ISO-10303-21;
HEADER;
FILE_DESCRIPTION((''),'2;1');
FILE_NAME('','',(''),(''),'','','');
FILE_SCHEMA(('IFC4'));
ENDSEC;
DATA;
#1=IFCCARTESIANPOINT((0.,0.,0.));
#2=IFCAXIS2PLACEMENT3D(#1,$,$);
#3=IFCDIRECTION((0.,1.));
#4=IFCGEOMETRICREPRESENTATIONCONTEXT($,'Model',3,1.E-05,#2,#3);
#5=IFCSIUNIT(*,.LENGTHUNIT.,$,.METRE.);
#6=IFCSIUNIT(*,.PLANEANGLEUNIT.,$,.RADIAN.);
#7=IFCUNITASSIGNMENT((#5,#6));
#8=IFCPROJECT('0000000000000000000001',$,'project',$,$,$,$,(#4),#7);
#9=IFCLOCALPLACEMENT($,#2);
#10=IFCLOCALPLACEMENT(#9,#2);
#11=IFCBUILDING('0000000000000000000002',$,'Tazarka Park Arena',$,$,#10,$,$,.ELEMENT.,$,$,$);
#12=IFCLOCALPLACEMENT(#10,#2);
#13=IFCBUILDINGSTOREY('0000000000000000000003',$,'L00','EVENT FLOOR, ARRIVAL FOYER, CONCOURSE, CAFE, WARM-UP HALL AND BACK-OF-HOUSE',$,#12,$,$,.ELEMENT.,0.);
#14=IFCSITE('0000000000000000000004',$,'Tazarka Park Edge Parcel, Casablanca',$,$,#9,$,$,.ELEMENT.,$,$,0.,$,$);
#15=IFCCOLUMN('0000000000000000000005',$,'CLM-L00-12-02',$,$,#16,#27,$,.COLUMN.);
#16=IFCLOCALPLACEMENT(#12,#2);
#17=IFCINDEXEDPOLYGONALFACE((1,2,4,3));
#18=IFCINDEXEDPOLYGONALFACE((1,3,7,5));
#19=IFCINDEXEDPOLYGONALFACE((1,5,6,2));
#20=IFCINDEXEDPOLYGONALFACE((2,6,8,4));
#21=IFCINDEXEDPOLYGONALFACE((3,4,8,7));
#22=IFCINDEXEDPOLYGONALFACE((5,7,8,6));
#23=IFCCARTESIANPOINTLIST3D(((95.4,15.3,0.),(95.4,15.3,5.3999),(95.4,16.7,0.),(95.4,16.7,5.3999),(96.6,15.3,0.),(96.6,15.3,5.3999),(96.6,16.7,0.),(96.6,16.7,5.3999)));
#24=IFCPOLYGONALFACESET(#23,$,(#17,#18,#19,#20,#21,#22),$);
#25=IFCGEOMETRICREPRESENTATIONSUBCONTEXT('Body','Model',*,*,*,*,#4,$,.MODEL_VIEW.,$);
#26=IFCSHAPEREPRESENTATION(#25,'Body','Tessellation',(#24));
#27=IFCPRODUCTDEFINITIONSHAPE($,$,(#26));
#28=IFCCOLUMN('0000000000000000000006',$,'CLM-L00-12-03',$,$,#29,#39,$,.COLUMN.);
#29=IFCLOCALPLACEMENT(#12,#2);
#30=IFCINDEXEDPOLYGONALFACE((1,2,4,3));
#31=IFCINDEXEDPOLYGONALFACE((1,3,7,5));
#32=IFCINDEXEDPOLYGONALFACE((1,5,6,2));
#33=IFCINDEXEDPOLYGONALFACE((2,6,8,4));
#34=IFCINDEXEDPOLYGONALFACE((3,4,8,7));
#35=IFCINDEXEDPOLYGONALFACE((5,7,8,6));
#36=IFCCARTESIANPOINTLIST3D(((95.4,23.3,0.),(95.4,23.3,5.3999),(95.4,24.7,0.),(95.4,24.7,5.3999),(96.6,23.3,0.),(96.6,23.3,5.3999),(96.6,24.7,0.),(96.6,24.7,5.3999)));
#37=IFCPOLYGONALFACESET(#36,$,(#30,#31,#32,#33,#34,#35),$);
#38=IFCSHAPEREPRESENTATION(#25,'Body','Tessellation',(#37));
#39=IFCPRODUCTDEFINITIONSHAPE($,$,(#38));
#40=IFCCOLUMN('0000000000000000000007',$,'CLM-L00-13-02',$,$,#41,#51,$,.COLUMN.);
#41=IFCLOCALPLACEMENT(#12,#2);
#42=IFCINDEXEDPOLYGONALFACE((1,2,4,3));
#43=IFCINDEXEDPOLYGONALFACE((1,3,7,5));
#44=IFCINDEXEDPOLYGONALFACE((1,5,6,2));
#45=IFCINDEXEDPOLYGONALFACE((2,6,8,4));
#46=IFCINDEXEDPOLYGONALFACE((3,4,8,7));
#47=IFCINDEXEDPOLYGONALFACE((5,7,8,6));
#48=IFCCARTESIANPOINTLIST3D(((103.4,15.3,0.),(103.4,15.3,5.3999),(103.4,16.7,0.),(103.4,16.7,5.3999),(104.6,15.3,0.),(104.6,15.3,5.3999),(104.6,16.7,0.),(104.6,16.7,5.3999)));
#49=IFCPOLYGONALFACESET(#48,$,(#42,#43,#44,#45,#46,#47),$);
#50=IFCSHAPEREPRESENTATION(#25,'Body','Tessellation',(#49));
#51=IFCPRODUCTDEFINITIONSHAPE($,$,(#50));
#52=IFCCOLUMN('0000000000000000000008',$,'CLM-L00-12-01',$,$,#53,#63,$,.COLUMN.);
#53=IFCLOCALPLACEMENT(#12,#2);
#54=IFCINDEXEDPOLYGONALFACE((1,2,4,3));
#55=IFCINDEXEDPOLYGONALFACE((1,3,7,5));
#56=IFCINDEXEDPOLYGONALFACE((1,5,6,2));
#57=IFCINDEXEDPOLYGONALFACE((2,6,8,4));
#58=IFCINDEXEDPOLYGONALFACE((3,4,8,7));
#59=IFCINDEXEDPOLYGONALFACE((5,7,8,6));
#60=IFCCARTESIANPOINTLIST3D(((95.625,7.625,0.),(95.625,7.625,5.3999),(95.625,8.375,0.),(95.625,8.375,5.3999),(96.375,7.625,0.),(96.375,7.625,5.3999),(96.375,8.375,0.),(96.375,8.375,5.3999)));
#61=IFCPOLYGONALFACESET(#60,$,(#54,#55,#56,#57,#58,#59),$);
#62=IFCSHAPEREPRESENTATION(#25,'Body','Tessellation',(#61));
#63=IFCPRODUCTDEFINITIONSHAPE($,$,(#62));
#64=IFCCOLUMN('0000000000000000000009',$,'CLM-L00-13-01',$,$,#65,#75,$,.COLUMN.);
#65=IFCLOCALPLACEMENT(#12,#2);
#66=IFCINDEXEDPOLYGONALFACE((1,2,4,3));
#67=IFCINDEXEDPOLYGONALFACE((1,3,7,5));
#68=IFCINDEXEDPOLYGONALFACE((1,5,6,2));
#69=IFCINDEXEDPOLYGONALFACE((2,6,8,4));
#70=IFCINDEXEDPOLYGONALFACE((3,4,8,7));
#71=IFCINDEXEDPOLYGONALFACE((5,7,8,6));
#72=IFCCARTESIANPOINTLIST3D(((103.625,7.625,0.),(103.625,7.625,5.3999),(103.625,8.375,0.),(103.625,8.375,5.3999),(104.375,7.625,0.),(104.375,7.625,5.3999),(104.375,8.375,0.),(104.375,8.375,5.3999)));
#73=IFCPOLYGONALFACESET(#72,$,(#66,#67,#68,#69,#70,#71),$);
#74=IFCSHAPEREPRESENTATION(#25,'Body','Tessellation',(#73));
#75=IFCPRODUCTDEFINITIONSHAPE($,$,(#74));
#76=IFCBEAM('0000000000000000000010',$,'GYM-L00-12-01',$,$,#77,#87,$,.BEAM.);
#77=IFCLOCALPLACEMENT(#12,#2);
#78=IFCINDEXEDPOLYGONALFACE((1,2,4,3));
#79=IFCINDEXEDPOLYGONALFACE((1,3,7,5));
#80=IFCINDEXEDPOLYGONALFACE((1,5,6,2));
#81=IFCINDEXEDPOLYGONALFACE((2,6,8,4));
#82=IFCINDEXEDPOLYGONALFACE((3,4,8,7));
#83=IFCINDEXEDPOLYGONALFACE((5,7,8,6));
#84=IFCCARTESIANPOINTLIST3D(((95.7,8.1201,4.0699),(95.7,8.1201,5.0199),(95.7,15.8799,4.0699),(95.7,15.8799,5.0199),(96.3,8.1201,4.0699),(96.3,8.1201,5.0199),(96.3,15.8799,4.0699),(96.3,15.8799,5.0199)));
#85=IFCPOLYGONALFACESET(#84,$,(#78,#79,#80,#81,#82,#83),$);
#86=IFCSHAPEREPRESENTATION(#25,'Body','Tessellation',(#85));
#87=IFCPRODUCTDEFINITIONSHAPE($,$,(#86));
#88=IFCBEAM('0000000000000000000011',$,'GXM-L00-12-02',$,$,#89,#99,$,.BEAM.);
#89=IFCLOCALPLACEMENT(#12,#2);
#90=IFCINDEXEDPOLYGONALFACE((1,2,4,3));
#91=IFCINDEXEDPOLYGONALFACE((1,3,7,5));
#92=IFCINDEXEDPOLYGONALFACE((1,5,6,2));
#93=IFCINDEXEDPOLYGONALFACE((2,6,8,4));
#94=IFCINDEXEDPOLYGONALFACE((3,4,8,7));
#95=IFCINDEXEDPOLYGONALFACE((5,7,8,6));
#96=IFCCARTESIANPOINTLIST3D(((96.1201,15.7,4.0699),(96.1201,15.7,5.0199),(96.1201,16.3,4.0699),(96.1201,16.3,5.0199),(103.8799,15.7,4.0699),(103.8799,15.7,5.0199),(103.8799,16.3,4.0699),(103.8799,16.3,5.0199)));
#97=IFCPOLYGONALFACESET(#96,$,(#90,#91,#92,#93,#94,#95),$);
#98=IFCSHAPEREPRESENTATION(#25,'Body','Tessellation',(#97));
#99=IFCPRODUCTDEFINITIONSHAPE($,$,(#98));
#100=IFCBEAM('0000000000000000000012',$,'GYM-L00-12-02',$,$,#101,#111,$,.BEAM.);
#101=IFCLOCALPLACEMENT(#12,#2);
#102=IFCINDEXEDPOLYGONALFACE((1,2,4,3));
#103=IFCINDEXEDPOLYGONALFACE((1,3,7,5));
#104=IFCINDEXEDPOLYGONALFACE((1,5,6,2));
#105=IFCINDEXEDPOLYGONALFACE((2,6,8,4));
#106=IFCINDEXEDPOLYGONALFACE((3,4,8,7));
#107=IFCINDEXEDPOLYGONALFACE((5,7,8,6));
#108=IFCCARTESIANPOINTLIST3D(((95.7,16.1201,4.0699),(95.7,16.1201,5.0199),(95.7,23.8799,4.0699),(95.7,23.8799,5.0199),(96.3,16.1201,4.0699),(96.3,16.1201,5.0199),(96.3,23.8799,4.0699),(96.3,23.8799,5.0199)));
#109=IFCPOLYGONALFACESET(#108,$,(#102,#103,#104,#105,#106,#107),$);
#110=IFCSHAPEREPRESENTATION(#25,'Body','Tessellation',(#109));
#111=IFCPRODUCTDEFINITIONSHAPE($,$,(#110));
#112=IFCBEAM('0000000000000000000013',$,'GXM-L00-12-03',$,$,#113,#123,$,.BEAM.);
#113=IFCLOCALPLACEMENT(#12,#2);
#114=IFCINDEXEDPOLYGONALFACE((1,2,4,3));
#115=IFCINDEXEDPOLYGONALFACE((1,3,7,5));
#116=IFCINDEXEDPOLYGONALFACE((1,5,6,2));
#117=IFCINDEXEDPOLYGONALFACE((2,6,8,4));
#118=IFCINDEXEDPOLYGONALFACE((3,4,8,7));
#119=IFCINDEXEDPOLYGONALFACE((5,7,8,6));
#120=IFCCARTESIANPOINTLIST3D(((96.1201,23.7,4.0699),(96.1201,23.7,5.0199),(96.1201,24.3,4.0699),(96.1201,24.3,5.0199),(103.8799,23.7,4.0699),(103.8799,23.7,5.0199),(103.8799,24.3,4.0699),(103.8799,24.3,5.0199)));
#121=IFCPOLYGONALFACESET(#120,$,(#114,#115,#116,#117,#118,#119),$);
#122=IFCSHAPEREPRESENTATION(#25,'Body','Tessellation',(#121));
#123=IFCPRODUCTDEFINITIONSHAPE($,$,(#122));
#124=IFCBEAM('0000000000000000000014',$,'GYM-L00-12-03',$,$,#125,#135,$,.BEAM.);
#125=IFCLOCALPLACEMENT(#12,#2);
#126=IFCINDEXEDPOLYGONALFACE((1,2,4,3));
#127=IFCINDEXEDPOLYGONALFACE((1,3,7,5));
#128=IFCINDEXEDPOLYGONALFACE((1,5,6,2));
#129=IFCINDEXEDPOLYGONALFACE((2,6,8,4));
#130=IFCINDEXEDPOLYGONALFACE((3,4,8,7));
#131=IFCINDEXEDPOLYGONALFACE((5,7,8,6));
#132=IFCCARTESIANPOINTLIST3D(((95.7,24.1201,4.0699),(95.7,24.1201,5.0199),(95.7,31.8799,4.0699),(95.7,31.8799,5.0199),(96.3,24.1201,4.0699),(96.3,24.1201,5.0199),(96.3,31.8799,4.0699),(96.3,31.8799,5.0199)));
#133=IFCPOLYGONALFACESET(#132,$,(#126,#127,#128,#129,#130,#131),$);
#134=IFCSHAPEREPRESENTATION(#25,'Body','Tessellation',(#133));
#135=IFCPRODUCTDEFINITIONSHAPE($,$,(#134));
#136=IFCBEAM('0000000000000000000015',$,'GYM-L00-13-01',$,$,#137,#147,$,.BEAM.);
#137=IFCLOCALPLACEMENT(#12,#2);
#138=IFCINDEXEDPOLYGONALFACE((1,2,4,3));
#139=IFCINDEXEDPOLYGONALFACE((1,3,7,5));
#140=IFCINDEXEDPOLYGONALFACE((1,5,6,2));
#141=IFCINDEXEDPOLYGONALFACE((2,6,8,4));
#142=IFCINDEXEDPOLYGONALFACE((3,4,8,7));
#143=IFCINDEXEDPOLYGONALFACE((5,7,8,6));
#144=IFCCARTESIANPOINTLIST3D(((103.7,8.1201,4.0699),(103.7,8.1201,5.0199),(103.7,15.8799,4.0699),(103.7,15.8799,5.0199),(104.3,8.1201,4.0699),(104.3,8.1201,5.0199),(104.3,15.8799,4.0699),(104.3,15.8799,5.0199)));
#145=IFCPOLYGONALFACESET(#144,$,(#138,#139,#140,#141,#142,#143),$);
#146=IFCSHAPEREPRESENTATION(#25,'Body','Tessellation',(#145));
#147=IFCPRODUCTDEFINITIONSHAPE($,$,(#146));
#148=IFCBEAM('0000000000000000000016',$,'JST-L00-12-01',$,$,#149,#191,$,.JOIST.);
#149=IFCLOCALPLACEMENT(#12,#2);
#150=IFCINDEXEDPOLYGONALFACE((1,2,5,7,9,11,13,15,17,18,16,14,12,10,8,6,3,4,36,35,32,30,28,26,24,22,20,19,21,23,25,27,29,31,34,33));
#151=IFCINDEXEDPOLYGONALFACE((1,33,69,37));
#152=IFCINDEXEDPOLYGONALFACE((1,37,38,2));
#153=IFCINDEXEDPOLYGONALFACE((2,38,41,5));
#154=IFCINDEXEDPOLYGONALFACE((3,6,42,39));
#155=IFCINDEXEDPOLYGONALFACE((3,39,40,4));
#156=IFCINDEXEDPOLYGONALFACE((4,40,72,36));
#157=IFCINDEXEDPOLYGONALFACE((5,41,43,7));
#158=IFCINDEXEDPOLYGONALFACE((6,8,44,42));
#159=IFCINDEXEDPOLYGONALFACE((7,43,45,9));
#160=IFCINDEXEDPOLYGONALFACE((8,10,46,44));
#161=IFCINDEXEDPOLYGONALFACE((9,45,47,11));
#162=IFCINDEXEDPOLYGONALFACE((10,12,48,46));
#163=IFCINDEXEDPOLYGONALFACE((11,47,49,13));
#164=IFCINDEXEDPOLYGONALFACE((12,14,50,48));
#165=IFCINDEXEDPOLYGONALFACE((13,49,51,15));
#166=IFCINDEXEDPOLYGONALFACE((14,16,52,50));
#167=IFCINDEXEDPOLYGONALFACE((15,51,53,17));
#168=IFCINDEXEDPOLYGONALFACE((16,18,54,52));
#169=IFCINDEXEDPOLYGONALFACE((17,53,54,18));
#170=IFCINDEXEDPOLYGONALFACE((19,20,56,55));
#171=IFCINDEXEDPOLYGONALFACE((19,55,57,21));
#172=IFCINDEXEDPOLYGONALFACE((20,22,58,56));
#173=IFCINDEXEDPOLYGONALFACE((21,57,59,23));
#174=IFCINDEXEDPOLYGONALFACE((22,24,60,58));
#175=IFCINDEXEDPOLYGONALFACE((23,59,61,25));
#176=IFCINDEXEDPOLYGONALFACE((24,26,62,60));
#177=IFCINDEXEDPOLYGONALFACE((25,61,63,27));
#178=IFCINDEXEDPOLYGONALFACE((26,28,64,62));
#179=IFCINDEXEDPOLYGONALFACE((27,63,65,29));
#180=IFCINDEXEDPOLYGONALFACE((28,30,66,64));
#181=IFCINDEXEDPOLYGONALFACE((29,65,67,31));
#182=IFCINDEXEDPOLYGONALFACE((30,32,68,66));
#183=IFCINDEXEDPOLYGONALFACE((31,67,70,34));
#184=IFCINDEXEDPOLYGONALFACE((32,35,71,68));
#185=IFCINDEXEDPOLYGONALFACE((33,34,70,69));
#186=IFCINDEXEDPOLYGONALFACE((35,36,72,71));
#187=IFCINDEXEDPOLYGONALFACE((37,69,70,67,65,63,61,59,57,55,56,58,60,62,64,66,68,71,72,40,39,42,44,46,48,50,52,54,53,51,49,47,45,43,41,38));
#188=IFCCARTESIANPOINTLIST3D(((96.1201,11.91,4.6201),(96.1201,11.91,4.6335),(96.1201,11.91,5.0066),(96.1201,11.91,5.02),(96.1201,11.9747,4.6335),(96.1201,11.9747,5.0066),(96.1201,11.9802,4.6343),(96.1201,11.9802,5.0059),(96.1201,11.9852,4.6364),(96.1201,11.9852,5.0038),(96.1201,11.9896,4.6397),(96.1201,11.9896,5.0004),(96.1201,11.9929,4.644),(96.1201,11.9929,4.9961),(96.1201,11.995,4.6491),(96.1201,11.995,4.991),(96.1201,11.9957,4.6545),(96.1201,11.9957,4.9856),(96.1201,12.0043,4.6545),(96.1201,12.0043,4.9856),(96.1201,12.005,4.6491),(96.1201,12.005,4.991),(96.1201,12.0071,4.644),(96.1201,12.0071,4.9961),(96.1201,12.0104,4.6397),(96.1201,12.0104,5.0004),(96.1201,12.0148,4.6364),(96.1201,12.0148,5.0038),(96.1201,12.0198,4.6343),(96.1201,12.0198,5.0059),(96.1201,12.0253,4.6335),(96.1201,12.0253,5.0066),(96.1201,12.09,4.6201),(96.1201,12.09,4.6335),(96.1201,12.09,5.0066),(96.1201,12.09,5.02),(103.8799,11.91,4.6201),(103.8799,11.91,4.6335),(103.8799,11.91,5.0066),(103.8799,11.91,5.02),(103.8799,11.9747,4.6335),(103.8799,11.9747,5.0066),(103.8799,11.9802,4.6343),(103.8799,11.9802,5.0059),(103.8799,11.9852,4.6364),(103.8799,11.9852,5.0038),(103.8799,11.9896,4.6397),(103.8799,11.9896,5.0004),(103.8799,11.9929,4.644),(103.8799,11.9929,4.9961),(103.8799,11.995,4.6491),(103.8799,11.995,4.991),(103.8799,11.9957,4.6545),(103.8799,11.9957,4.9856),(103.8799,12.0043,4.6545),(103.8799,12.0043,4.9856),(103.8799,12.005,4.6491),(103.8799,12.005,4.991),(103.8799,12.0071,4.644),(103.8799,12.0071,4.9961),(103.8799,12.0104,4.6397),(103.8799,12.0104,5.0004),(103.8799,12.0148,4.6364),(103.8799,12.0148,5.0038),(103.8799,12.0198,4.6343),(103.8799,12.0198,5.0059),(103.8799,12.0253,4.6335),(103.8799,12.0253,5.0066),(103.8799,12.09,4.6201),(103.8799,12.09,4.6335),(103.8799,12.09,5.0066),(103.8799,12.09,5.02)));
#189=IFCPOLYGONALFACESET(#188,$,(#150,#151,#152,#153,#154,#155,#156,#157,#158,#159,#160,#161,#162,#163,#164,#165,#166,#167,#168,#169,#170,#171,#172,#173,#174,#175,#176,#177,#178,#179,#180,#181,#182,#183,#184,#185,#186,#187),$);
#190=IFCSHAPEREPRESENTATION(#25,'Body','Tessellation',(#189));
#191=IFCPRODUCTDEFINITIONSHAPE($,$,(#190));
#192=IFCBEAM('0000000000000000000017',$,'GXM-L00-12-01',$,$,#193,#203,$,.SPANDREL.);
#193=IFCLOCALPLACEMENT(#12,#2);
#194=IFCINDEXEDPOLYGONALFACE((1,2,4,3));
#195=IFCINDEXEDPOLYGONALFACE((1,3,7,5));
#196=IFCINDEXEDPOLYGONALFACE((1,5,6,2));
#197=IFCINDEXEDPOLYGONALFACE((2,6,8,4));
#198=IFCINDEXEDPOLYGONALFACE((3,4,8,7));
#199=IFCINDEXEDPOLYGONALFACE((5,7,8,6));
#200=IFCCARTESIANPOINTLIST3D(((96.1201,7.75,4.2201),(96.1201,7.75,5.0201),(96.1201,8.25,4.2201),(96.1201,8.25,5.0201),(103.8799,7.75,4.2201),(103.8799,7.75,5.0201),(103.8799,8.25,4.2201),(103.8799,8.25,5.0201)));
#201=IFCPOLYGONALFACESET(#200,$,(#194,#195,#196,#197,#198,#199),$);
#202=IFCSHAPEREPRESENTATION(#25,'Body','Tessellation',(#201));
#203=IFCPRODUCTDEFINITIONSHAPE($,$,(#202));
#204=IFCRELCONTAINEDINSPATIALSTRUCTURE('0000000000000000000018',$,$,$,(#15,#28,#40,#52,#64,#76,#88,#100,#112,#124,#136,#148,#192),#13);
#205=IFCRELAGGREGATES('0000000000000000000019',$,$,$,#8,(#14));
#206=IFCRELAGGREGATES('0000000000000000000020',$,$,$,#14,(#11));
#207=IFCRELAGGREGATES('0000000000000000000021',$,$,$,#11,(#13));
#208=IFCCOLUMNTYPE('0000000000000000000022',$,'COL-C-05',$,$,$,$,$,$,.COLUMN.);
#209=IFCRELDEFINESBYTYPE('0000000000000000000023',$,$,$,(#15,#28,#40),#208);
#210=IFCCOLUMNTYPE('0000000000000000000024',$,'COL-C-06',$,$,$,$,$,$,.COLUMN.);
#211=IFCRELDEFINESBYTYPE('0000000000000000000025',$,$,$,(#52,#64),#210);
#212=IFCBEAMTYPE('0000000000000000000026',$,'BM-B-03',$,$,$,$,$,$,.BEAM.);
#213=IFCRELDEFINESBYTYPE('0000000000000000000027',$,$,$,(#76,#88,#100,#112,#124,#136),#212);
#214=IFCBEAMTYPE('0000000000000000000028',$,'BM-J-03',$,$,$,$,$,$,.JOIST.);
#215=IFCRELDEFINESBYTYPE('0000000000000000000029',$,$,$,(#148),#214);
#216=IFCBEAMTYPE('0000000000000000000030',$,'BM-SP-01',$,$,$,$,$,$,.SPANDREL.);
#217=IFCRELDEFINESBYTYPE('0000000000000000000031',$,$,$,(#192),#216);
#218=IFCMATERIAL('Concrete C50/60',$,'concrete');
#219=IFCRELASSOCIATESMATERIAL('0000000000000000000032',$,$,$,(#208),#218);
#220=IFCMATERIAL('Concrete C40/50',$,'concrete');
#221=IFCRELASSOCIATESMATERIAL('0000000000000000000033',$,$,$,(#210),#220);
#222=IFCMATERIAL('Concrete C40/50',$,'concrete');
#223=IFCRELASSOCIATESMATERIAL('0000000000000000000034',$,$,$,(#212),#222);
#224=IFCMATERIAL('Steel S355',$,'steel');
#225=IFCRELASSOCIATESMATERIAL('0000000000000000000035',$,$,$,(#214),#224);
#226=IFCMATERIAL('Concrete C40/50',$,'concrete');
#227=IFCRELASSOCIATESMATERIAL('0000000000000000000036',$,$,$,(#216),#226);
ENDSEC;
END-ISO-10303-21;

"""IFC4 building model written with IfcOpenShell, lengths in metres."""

from ifc_helpers import new_model, si_unit, direction, frame, origin, origin_2d, place, context, subcontext, project, spatial, rectangle, i_section, extrude, material, material_profile, profile_set, type_object, element, save


model = new_model("IFC4")

# Units and contexts
model_context = context("Model", 3, precision=1e-05, world=origin(), true_north=direction((0.0, 1.0)))
body_context = subcontext(model_context, "Body", "Model", "MODEL_VIEW")
ifc_project = project(units=[si_unit("LENGTHUNIT", "METRE"), si_unit("PLANEANGLEUNIT", "RADIAN")], contexts=[model_context])

# Site, building, storey
site_placement = place(None, origin())
site = spatial("IfcSite", under=ifc_project, at=site_placement, Name="Tazarka Park Edge Parcel, Casablanca", CompositionType="ELEMENT", RefElevation=0.0)
building_placement = place(site_placement, origin())
building = spatial("IfcBuilding", under=site, at=building_placement, Name="Tazarka Park Arena", CompositionType="ELEMENT")
storey_placement = place(building_placement, origin())
storey = spatial("IfcBuildingStorey", under=building, at=storey_placement, Name="L00", Description="EVENT FLOOR, ARRIVAL FOYER, CONCOURSE, CAFE, WARM-UP HALL AND BACK-OF-HOUSE", CompositionType="ELEMENT", Elevation=0.0)

# Columns
ifc_material_1 = material(Name="Concrete C50/60", Category="concrete")
ifc_material_profile_1 = material_profile(ifc_material_1, rectangle(XDim=1.2, YDim=1.3999, at=origin_2d()), Name="Concrete C50/60")
ifc_profile_set_1 = profile_set([ifc_material_profile_1], Name="Concrete C50/60")
column_type_1 = type_object("IfcColumnType", Name="COL-C-05", PredefinedType="COLUMN", material=ifc_profile_set_1)
for number, where, z_axis, x_axis, name in (
    (1, (96.0, 16.0, 0.0), (0.0, 0.0, 1.0), (1.0, 0.0, 0.0), "CLM-L00-12-02"),
    (2, (96.0, 24.0, 0.0), (0.0, 0.0, 1.0), (1.0, 0.0, 0.0), "CLM-L00-12-03"),
    (3, (104.0, 16.0, 0.0), (0.0, 0.0, 1.0), (1.0, 0.0, 0.0), "CLM-L00-13-02"),
):
    element("IfcColumn", number, at=place(storey_placement, frame(where, z_axis=z_axis, x_axis=x_axis)), inside=storey, type_object=column_type_1, Name=name, PredefinedType="COLUMN", context=body_context, shape_type="SweptSolid", body=[
        extrude(rectangle(XDim=1.2, YDim=1.3999, at=origin_2d()), origin(), (0.0, 0.0, 1.0), 5.3999),
    ])
ifc_material_2 = material(Name="Concrete C40/50", Category="concrete")
ifc_material_profile_2 = material_profile(ifc_material_2, rectangle(XDim=0.75, YDim=0.75, at=origin_2d()), Name="Concrete C40/50")
ifc_profile_set_2 = profile_set([ifc_material_profile_2], Name="Concrete C40/50")
column_type_2 = type_object("IfcColumnType", Name="COL-C-06", PredefinedType="COLUMN", material=ifc_profile_set_2)
for number, where, z_axis, x_axis, name in (
    (4, (96.0, 8.0, 0.0), (0.0, 0.0, 1.0), (1.0, 0.0, 0.0), "CLM-L00-12-01"),
    (5, (104.0, 8.0, 0.0), (0.0, 0.0, 1.0), (1.0, 0.0, 0.0), "CLM-L00-13-01"),
):
    element("IfcColumn", number, at=place(storey_placement, frame(where, z_axis=z_axis, x_axis=x_axis)), inside=storey, type_object=column_type_2, Name=name, PredefinedType="COLUMN", context=body_context, shape_type="SweptSolid", body=[
        extrude(rectangle(XDim=0.75, YDim=0.75, at=origin_2d()), origin(), (0.0, 0.0, 1.0), 5.3999),
    ])

# Beams
ifc_material_3 = material(Name="Concrete C40/50", Category="concrete")
ifc_material_profile_3 = material_profile(ifc_material_3, rectangle(XDim=0.6001, YDim=0.95, at=origin_2d()), Name="Concrete C40/50")
ifc_profile_set_3 = profile_set([ifc_material_profile_3], Name="Concrete C40/50")
beam_type_1 = type_object("IfcBeamType", Name="BM-B-03", PredefinedType="BEAM", material=ifc_profile_set_3)
for number, where, z_axis, x_axis, name in (
    (6, (96.0, 8.1201, 4.5449), (0.0, 1.0, 0.0), (-1.0, 0.0, 0.0), "GYM-L00-12-01"),
    (7, (96.1201, 16.0, 4.5449), (1.0, 0.0, 0.0), (0.0, 1.0, 0.0), "GXM-L00-12-02"),
    (8, (96.0, 16.1201, 4.5449), (0.0, 1.0, 0.0), (-1.0, 0.0, 0.0), "GYM-L00-12-02"),
    (9, (96.1201, 24.0, 4.5449), (1.0, 0.0, 0.0), (0.0, 1.0, 0.0), "GXM-L00-12-03"),
    (10, (96.0, 24.1201, 4.5449), (0.0, 1.0, 0.0), (-1.0, 0.0, 0.0), "GYM-L00-12-03"),
    (11, (104.0, 8.1201, 4.5449), (0.0, 1.0, 0.0), (-1.0, 0.0, 0.0), "GYM-L00-13-01"),
):
    element("IfcBeam", number, at=place(storey_placement, frame(where, z_axis=z_axis, x_axis=x_axis)), inside=storey, type_object=beam_type_1, Name=name, PredefinedType="BEAM", context=body_context, shape_type="SweptSolid", body=[
        extrude(rectangle(XDim=0.6001, YDim=0.95, at=origin_2d()), origin(), (0.0, 0.0, 1.0), 7.7598),
    ])
ifc_material_4 = material(Name="Steel S355", Category="steel")
ifc_material_profile_4 = material_profile(ifc_material_4, i_section(OverallWidth=0.1799, OverallDepth=0.3999, WebThickness=0.0085, FlangeThickness=0.0134, FilletRadius=0.021, at=origin_2d()), Name="Steel S355")
ifc_profile_set_4 = profile_set([ifc_material_profile_4], Name="Steel S355")
beam_type_2 = type_object("IfcBeamType", Name="BM-J-03", PredefinedType="JOIST", material=ifc_profile_set_4)
beam_1_placement = place(storey_placement, frame((96.1201, 12.0, 4.8201), z_axis=(1.0, 0.0, 0.0), x_axis=(0.0, 1.0, 0.0)))
element("IfcBeam", 12, at=beam_1_placement, inside=storey, type_object=beam_type_2, Name="JST-L00-12-01", PredefinedType="JOIST", context=body_context, shape_type="SweptSolid", body=[
    extrude(i_section(OverallWidth=0.1799, OverallDepth=0.3999, WebThickness=0.0085, FlangeThickness=0.0134, FilletRadius=0.021, at=origin_2d()), origin(), (0.0, 0.0, 1.0), 7.7598),
])
ifc_material_5 = material(Name="Concrete C40/50", Category="concrete")
ifc_material_profile_5 = material_profile(ifc_material_5, rectangle(XDim=0.5, YDim=0.8, at=origin_2d()), Name="Concrete C40/50")
ifc_profile_set_5 = profile_set([ifc_material_profile_5], Name="Concrete C40/50")
beam_type_3 = type_object("IfcBeamType", Name="BM-SP-01", PredefinedType="SPANDREL", material=ifc_profile_set_5)
beam_2_placement = place(storey_placement, frame((96.1201, 8.0, 4.6201), z_axis=(1.0, 0.0, 0.0), x_axis=(0.0, 1.0, 0.0)))
element("IfcBeam", 13, at=beam_2_placement, inside=storey, type_object=beam_type_3, Name="GXM-L00-12-01", PredefinedType="SPANDREL", context=body_context, shape_type="SweptSolid", body=[
    extrude(rectangle(XDim=0.5, YDim=0.8, at=origin_2d()), origin(), (0.0, 0.0, 1.0), 7.7598),
])

save(model, "model.ifc")
